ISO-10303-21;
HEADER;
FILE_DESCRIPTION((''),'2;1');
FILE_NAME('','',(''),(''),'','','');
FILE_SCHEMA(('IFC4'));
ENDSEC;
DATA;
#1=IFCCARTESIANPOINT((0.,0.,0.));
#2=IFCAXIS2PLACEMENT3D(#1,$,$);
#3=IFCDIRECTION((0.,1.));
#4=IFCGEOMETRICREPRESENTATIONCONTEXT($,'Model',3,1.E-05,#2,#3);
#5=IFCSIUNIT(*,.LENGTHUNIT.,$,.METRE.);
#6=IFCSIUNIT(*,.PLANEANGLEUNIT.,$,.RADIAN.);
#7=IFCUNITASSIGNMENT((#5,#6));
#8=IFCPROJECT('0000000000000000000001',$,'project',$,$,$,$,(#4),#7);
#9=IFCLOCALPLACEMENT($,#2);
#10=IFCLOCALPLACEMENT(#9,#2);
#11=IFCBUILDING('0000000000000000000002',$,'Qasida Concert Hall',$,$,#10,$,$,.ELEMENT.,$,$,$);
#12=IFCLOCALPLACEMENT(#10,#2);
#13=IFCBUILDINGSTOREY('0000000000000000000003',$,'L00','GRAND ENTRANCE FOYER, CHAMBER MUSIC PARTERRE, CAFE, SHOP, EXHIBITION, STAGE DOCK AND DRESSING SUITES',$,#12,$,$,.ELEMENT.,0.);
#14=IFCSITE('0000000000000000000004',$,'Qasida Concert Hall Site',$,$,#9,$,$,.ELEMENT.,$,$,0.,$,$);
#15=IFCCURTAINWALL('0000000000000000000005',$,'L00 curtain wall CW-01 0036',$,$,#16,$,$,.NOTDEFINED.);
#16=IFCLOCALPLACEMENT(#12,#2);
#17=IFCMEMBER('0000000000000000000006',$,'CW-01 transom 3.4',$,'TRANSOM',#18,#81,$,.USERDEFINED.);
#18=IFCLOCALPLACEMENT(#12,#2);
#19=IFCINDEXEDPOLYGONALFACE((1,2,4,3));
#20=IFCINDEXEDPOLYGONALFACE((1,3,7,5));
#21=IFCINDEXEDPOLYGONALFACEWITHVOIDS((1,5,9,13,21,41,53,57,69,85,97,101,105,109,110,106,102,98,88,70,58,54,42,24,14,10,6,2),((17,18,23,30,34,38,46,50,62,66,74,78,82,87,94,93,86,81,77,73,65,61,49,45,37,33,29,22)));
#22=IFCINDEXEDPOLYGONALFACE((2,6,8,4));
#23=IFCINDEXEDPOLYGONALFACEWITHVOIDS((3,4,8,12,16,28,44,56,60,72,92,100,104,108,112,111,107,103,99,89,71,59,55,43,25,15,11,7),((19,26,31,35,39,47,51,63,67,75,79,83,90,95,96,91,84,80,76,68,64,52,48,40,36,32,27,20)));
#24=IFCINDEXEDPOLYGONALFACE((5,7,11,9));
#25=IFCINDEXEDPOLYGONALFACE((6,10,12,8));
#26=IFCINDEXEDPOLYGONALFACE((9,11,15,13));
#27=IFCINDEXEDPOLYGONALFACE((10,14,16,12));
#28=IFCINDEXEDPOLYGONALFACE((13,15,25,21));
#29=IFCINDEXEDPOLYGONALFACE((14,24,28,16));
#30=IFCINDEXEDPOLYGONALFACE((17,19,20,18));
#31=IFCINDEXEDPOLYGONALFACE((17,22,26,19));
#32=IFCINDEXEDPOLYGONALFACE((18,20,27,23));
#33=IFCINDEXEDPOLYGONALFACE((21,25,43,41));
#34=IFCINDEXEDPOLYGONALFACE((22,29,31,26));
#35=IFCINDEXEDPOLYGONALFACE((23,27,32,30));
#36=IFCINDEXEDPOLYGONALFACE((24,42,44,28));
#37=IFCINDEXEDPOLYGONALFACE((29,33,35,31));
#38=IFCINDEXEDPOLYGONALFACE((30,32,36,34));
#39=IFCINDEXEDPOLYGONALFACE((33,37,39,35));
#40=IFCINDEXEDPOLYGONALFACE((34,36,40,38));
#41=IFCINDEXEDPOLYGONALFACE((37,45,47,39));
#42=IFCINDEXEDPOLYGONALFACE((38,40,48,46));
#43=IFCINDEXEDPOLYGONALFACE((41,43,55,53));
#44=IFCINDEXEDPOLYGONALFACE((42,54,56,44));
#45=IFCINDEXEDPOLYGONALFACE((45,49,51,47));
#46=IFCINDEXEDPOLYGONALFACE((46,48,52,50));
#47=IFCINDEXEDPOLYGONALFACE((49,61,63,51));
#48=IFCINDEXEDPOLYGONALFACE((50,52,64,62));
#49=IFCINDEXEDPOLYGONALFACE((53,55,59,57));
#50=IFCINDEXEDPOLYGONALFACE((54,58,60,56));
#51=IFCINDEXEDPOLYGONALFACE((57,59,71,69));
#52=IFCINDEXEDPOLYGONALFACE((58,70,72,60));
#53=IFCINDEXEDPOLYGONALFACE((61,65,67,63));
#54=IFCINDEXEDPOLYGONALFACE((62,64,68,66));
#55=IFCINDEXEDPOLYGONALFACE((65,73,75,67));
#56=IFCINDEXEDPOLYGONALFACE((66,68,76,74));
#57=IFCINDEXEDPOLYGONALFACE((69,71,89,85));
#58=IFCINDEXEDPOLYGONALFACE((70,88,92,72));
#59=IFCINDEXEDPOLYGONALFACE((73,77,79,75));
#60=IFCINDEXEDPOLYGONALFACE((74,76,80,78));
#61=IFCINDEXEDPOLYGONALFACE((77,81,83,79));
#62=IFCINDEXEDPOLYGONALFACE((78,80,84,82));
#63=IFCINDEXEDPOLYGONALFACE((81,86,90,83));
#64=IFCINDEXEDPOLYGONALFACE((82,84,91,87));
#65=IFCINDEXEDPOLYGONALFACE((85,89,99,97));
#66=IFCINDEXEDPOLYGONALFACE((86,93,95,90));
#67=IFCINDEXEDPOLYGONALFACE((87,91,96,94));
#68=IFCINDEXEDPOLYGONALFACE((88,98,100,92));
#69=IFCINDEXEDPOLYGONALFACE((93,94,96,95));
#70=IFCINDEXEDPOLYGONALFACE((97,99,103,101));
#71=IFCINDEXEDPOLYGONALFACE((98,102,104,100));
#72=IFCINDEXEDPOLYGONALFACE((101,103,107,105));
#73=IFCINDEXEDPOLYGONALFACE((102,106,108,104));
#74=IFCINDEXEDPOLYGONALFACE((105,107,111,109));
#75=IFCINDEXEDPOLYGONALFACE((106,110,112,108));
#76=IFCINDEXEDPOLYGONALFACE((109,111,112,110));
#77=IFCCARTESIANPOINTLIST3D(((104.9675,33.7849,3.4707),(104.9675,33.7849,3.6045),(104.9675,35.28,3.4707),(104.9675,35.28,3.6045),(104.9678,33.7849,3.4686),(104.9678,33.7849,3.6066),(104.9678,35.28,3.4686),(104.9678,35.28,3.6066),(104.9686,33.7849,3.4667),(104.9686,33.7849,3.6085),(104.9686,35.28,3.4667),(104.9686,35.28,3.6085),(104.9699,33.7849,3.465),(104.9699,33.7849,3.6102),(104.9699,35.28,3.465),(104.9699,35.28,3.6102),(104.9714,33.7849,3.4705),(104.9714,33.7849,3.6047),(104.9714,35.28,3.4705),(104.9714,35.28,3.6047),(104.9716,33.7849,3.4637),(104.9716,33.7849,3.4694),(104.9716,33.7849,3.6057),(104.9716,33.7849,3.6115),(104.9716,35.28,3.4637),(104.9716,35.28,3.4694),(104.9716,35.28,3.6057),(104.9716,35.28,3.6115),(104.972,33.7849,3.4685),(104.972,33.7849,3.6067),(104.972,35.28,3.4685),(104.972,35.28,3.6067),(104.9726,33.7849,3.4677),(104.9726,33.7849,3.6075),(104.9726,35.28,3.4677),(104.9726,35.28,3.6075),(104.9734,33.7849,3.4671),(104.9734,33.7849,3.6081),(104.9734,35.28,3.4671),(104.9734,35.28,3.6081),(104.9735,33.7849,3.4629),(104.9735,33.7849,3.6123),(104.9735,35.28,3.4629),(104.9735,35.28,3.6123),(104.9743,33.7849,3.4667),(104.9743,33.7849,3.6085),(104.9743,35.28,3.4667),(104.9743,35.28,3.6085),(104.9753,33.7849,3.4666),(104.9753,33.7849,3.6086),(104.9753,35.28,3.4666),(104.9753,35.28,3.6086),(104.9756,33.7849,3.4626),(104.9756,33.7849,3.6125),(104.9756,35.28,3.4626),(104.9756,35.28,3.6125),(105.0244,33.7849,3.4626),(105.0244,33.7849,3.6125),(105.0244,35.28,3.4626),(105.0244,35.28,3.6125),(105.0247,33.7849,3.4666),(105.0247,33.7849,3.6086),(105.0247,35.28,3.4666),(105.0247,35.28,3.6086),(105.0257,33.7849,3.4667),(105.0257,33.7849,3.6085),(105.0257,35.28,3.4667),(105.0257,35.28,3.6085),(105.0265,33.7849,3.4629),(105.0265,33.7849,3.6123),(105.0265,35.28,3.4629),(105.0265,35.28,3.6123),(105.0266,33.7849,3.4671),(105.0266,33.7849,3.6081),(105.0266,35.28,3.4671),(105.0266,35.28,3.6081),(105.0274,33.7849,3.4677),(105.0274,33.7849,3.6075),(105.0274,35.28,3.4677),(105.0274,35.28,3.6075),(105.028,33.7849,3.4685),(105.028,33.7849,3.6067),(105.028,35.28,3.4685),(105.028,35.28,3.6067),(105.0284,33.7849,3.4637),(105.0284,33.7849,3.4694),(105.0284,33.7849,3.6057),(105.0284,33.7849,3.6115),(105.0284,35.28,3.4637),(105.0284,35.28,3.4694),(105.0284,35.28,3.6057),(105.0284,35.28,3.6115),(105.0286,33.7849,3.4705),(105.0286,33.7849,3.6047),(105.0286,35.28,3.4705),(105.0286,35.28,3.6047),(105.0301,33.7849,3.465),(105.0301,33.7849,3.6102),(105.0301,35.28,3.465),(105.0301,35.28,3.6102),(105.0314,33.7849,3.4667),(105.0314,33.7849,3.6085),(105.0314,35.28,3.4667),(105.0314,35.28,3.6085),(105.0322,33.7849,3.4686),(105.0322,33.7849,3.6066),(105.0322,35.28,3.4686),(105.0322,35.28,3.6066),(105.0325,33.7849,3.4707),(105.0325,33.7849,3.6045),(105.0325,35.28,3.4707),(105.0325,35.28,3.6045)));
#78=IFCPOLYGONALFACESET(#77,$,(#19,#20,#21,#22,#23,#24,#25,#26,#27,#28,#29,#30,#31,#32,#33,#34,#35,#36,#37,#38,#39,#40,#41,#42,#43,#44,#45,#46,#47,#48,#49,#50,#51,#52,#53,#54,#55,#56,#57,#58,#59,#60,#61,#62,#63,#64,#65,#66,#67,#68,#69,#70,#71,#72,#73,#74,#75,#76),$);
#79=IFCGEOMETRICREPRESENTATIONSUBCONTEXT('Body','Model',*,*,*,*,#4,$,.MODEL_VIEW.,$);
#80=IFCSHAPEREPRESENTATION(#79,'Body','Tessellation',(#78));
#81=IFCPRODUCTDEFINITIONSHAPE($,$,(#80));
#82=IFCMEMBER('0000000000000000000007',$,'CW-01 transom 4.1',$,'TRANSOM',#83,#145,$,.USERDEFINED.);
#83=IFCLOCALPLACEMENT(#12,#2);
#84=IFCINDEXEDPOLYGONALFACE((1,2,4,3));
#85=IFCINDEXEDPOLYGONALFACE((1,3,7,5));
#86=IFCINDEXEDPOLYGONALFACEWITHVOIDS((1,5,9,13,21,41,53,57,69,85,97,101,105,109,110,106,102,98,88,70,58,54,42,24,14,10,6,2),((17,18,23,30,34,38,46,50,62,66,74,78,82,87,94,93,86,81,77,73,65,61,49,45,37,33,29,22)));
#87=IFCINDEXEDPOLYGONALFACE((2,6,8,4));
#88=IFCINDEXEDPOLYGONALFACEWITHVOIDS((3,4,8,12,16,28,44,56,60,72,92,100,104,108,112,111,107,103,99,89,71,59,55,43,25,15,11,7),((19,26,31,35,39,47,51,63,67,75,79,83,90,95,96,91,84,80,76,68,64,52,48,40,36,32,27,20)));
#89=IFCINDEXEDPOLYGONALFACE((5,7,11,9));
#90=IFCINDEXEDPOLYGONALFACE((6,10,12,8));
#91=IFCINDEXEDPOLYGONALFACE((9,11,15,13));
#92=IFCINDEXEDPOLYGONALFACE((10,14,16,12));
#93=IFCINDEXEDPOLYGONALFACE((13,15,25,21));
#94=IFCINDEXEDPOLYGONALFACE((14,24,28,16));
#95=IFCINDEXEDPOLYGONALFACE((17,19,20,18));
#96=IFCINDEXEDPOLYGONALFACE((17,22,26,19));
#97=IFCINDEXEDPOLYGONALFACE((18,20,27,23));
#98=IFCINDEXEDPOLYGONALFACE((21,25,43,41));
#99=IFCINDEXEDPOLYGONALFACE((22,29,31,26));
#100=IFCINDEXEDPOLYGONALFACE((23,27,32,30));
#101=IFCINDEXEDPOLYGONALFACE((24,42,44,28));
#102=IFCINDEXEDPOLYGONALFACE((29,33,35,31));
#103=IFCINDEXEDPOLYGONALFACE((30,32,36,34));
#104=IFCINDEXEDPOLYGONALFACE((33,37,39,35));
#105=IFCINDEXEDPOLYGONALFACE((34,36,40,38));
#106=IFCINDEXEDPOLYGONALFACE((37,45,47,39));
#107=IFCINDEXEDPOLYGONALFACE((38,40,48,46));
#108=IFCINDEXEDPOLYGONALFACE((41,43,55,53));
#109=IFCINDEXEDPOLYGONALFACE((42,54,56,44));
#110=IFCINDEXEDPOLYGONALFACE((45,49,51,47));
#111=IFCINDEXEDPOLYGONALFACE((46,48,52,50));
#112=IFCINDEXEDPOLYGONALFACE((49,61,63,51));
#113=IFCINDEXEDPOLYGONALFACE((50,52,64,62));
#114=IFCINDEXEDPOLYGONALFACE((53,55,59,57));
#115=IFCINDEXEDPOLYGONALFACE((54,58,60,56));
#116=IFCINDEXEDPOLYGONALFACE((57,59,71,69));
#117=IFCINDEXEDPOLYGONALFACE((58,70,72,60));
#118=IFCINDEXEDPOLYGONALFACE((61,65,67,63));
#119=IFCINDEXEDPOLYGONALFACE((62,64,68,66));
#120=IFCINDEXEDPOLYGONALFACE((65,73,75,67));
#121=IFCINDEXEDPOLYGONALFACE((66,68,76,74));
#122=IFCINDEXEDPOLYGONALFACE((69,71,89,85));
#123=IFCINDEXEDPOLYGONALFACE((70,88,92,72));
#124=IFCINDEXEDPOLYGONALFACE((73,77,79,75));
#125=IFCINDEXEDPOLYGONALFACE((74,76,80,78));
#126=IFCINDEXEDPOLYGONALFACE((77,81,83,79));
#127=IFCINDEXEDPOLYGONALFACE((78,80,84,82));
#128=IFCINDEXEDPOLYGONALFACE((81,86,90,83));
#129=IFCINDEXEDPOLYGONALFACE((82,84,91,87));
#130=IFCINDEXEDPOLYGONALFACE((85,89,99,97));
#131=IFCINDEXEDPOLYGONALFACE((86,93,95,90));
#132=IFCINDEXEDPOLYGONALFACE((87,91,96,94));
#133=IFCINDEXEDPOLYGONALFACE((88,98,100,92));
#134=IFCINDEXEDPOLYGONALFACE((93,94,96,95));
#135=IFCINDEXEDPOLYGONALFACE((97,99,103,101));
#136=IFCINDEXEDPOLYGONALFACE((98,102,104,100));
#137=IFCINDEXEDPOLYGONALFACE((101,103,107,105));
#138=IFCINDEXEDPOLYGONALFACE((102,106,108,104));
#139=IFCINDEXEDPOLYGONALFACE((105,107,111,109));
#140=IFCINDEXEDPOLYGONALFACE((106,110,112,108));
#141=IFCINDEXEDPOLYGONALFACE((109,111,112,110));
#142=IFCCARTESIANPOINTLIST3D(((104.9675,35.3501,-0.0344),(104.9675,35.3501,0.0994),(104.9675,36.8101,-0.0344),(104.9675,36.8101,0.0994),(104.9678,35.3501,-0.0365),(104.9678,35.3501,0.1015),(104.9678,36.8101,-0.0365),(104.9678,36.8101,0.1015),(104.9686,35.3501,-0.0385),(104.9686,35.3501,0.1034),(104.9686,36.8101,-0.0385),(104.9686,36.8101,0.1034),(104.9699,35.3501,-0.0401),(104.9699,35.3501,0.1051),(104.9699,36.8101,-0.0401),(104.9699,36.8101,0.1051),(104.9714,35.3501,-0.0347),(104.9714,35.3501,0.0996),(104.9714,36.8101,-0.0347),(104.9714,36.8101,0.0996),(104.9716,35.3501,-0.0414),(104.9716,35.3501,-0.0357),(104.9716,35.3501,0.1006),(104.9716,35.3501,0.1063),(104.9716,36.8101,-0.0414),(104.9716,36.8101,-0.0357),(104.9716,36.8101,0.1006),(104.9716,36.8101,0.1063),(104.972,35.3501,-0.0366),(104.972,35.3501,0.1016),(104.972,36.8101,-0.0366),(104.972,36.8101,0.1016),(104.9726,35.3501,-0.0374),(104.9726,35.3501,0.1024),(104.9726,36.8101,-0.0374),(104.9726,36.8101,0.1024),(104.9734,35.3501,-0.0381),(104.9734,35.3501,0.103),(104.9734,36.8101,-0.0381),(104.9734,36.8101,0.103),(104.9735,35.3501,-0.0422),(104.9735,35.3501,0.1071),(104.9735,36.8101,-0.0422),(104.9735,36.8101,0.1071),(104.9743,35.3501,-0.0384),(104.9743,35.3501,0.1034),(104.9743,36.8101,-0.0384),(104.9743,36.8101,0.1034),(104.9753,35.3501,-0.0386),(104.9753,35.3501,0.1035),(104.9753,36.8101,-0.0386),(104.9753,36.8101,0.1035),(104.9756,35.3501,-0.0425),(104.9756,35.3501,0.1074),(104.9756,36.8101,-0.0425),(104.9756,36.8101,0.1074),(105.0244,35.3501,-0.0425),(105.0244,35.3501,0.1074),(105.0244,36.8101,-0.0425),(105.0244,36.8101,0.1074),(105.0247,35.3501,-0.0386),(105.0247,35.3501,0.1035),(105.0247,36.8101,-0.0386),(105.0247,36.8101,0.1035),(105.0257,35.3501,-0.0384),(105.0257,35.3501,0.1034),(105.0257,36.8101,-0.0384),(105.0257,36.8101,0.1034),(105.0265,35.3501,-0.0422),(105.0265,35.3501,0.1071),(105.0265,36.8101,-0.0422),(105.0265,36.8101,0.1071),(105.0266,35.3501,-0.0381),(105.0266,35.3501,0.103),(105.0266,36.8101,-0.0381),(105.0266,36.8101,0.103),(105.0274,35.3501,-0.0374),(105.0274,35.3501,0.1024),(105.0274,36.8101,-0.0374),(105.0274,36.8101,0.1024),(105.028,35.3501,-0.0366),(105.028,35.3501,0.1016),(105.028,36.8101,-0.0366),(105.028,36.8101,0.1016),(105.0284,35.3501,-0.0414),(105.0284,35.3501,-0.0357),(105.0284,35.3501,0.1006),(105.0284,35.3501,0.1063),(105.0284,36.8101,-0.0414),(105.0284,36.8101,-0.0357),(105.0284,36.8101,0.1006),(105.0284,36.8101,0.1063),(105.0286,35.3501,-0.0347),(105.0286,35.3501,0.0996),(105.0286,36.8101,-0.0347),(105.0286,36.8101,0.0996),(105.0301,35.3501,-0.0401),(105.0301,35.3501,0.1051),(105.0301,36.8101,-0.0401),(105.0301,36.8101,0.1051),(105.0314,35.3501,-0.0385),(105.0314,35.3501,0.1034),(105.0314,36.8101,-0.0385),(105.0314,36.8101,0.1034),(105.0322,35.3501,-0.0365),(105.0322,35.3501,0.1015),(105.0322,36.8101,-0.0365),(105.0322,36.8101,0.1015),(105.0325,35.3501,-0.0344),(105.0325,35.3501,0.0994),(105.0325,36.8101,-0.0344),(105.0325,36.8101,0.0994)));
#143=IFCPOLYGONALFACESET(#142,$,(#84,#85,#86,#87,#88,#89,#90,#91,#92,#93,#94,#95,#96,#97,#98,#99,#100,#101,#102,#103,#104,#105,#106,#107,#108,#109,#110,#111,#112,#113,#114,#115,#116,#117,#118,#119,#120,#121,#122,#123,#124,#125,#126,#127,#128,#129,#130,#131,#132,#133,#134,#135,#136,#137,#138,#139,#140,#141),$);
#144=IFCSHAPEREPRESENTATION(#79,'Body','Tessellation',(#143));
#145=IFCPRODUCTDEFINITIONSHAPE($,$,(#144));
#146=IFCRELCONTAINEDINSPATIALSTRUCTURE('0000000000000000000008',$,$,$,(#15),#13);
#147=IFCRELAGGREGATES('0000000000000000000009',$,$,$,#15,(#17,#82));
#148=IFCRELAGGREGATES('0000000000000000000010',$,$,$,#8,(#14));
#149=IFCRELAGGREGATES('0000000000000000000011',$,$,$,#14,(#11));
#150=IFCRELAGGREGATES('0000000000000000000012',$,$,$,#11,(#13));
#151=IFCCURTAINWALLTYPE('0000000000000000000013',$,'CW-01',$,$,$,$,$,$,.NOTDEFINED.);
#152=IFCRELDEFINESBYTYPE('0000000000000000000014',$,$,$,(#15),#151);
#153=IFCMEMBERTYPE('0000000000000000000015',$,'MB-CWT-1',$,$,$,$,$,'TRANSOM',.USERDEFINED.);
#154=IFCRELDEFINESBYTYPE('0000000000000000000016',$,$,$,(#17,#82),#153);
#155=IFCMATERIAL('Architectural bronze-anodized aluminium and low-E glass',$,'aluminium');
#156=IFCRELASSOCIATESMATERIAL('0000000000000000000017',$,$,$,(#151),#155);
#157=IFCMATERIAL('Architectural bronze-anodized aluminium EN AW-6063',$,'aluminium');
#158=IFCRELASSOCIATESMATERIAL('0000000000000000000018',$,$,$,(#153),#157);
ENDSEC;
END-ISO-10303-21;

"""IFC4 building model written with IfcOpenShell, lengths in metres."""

from ifc_helpers import new_model, si_unit, direction, frame, origin, origin_2d, place, context, subcontext, project, spatial, hollow_rectangle, extrude, material, material_profile, profile_set, type_object, element, aggregate, save


model = new_model("IFC4")

# Units and contexts
model_context = context("Model", 3, precision=1e-05, world=origin(), true_north=direction((0.0, 1.0)))
body_context = subcontext(model_context, "Body", "Model", "MODEL_VIEW")
ifc_project = project(units=[si_unit("LENGTHUNIT", "METRE"), si_unit("PLANEANGLEUNIT", "RADIAN")], contexts=[model_context])

# Site, building, storey
site_placement = place(None, origin())
site = spatial("IfcSite", under=ifc_project, at=site_placement, Name="Qasida Concert Hall Site", CompositionType="ELEMENT", RefElevation=0.0)
building_placement = place(site_placement, origin())
building = spatial("IfcBuilding", under=site, at=building_placement, Name="Qasida Concert Hall", CompositionType="ELEMENT")
storey_placement = place(building_placement, origin())
storey = spatial("IfcBuildingStorey", under=building, at=storey_placement, Name="L00", Description="GRAND ENTRANCE FOYER, CHAMBER MUSIC PARTERRE, CAFE, SHOP, EXHIBITION, STAGE DOCK AND DRESSING SUITES", CompositionType="ELEMENT", Elevation=0.0)

# Curtain wall
ifc_material_1 = material(Name="Architectural bronze-anodized aluminium and low-E glass", Category="aluminium")
curtain_wall_type_1 = type_object("IfcCurtainWallType", Name="CW-01", PredefinedType="NOTDEFINED", material=ifc_material_1)
curtain_wall_1_placement = place(storey_placement, origin())
curtain_wall_1 = element("IfcCurtainWall", 1, at=curtain_wall_1_placement, inside=storey, type_object=curtain_wall_type_1, Name="L00 curtain wall CW-01 0036", PredefinedType="NOTDEFINED")
ifc_material_2 = material(Name="Architectural bronze-anodized aluminium EN AW-6063", Category="aluminium")

# Members
ifc_material_profile_1 = material_profile(ifc_material_2, hollow_rectangle(XDim=0.0649, YDim=0.1499, WallThickness=0.0039, InnerFilletRadius=0.0039, OuterFilletRadius=0.0081, at=origin_2d()), Name="CWT 150x65x4")
ifc_profile_set_1 = profile_set([ifc_material_profile_1], Name="Architectural bronze-anodized aluminium EN AW-6063")
member_type_1 = type_object("IfcMemberType", Name="MB-CWT-1", ElementType="TRANSOM", PredefinedType="USERDEFINED", material=ifc_profile_set_1)
member_1_placement = place(storey_placement, frame((105.0, 33.7849, 3.5376), z_axis=(0.0, 1.0, 0.0), x_axis=(-1.0, 0.0, 0.0)))
member_1 = element("IfcMember", 2, at=member_1_placement, type_object=member_type_1, Name="CW-01 transom 3.4", ObjectType="TRANSOM", PredefinedType="USERDEFINED", context=body_context, shape_type="SweptSolid", body=[
    extrude(hollow_rectangle(XDim=0.0649, YDim=0.1499, WallThickness=0.0039, InnerFilletRadius=0.0039, OuterFilletRadius=0.0081, at=origin_2d()), origin(), (0.0, 0.0, 1.0), 1.4951),
])
member_2_placement = place(storey_placement, frame((105.0, 35.3501, 0.0325), z_axis=(0.0, 1.0, 0.0), x_axis=(-1.0, 0.0, 0.0)))
member_2 = element("IfcMember", 3, at=member_2_placement, type_object=member_type_1, Name="CW-01 transom 4.1", ObjectType="TRANSOM", PredefinedType="USERDEFINED", context=body_context, shape_type="SweptSolid", body=[
    extrude(hollow_rectangle(XDim=0.0649, YDim=0.1499, WallThickness=0.0039, InnerFilletRadius=0.0039, OuterFilletRadius=0.0081, at=origin_2d()), origin(), (0.0, 0.0, 1.0), 1.46),
])

aggregate(curtain_wall_1, [member_1, member_2])

save(model, "model.ifc")
